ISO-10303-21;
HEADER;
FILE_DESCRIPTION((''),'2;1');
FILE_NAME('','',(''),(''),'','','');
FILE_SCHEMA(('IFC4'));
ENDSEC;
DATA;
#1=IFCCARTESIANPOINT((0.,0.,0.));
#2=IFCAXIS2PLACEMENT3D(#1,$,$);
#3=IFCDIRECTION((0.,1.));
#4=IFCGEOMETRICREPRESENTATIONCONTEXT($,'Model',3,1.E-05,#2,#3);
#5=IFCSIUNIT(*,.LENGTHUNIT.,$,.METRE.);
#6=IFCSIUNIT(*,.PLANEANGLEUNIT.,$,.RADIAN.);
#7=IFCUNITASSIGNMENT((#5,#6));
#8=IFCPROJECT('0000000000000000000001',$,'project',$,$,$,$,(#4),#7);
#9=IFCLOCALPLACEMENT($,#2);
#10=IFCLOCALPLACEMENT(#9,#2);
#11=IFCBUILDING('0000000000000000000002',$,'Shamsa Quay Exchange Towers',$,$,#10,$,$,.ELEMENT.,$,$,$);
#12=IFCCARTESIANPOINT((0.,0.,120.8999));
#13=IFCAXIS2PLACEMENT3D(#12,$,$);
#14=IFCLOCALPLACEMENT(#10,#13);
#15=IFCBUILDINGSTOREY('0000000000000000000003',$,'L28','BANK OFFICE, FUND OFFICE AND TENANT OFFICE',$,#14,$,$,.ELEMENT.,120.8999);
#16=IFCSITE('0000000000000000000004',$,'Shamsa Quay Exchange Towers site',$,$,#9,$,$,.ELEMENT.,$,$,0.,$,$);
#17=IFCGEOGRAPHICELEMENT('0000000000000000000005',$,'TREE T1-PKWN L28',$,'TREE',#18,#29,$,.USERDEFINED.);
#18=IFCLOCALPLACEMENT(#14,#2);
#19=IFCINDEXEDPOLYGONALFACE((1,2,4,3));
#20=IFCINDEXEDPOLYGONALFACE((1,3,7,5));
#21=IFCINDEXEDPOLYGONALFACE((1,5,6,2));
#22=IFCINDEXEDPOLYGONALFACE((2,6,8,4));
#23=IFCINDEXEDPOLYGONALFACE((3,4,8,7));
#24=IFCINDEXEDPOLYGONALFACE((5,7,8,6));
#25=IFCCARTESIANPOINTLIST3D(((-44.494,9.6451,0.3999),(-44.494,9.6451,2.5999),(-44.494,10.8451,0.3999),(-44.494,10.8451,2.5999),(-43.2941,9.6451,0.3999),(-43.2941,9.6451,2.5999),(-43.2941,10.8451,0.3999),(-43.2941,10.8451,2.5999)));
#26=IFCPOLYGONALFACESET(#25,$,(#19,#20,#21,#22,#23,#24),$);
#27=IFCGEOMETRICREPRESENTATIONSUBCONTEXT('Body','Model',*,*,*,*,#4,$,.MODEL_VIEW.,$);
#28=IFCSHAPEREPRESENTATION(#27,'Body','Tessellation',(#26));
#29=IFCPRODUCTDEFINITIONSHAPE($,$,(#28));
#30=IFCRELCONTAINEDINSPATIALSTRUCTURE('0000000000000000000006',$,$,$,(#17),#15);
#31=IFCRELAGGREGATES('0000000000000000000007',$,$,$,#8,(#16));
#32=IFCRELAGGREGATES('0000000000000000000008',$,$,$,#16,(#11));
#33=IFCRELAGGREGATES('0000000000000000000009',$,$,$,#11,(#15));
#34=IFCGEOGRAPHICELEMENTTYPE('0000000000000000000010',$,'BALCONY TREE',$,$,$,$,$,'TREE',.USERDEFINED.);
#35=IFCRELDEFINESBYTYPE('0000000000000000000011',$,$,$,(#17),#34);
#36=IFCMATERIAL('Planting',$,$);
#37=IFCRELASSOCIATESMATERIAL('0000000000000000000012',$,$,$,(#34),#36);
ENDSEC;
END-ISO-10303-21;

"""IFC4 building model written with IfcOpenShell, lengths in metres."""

from ifc_helpers import new_model, si_unit, direction, frame, origin, origin_2d, place, context, subcontext, project, spatial, rectangle, extrude, material, type_object, element, save


model = new_model("IFC4")

# Units and contexts
model_context = context("Model", 3, precision=1e-05, world=origin(), true_north=direction((0.0, 1.0)))
body_context = subcontext(model_context, "Body", "Model", "MODEL_VIEW")
ifc_project = project(units=[si_unit("LENGTHUNIT", "METRE"), si_unit("PLANEANGLEUNIT", "RADIAN")], contexts=[model_context])

# Site, building, storey
site_placement = place(None, origin())
site = spatial("IfcSite", under=ifc_project, at=site_placement, Name="Shamsa Quay Exchange Towers site", CompositionType="ELEMENT", RefElevation=0.0)
building_placement = place(site_placement, origin())
building = spatial("IfcBuilding", under=site, at=building_placement, Name="Shamsa Quay Exchange Towers", CompositionType="ELEMENT")
storey_placement = place(building_placement, frame((0.0, 0.0, 120.8999)))
storey = spatial("IfcBuildingStorey", under=building, at=storey_placement, Name="L28", Description="BANK OFFICE, FUND OFFICE AND TENANT OFFICE", CompositionType="ELEMENT", Elevation=120.8999)

# Geographic element
ifc_material_1 = material(Name="Planting")
geographic_element_type = type_object("IfcGeographicElementType", Name="BALCONY TREE", ElementType="TREE", PredefinedType="USERDEFINED", material=ifc_material_1)
geographic_element_placement = place(storey_placement, frame((-43.894, 10.2451, 0.3999), z_axis=(0.0, 0.0, 1.0), x_axis=(-1.0, 0.0, 0.0)))
element("IfcGeographicElement", 1, at=geographic_element_placement, inside=storey, type_object=geographic_element_type, Name="TREE T1-PKWN L28", ObjectType="TREE", PredefinedType="USERDEFINED", context=body_context, shape_type="SweptSolid", body=[
    extrude(rectangle(XDim=1.2, YDim=1.2, at=origin_2d()), origin(), (0.0, 0.0, 1.0), 2.2),
])

save(model, "model.ifc")
